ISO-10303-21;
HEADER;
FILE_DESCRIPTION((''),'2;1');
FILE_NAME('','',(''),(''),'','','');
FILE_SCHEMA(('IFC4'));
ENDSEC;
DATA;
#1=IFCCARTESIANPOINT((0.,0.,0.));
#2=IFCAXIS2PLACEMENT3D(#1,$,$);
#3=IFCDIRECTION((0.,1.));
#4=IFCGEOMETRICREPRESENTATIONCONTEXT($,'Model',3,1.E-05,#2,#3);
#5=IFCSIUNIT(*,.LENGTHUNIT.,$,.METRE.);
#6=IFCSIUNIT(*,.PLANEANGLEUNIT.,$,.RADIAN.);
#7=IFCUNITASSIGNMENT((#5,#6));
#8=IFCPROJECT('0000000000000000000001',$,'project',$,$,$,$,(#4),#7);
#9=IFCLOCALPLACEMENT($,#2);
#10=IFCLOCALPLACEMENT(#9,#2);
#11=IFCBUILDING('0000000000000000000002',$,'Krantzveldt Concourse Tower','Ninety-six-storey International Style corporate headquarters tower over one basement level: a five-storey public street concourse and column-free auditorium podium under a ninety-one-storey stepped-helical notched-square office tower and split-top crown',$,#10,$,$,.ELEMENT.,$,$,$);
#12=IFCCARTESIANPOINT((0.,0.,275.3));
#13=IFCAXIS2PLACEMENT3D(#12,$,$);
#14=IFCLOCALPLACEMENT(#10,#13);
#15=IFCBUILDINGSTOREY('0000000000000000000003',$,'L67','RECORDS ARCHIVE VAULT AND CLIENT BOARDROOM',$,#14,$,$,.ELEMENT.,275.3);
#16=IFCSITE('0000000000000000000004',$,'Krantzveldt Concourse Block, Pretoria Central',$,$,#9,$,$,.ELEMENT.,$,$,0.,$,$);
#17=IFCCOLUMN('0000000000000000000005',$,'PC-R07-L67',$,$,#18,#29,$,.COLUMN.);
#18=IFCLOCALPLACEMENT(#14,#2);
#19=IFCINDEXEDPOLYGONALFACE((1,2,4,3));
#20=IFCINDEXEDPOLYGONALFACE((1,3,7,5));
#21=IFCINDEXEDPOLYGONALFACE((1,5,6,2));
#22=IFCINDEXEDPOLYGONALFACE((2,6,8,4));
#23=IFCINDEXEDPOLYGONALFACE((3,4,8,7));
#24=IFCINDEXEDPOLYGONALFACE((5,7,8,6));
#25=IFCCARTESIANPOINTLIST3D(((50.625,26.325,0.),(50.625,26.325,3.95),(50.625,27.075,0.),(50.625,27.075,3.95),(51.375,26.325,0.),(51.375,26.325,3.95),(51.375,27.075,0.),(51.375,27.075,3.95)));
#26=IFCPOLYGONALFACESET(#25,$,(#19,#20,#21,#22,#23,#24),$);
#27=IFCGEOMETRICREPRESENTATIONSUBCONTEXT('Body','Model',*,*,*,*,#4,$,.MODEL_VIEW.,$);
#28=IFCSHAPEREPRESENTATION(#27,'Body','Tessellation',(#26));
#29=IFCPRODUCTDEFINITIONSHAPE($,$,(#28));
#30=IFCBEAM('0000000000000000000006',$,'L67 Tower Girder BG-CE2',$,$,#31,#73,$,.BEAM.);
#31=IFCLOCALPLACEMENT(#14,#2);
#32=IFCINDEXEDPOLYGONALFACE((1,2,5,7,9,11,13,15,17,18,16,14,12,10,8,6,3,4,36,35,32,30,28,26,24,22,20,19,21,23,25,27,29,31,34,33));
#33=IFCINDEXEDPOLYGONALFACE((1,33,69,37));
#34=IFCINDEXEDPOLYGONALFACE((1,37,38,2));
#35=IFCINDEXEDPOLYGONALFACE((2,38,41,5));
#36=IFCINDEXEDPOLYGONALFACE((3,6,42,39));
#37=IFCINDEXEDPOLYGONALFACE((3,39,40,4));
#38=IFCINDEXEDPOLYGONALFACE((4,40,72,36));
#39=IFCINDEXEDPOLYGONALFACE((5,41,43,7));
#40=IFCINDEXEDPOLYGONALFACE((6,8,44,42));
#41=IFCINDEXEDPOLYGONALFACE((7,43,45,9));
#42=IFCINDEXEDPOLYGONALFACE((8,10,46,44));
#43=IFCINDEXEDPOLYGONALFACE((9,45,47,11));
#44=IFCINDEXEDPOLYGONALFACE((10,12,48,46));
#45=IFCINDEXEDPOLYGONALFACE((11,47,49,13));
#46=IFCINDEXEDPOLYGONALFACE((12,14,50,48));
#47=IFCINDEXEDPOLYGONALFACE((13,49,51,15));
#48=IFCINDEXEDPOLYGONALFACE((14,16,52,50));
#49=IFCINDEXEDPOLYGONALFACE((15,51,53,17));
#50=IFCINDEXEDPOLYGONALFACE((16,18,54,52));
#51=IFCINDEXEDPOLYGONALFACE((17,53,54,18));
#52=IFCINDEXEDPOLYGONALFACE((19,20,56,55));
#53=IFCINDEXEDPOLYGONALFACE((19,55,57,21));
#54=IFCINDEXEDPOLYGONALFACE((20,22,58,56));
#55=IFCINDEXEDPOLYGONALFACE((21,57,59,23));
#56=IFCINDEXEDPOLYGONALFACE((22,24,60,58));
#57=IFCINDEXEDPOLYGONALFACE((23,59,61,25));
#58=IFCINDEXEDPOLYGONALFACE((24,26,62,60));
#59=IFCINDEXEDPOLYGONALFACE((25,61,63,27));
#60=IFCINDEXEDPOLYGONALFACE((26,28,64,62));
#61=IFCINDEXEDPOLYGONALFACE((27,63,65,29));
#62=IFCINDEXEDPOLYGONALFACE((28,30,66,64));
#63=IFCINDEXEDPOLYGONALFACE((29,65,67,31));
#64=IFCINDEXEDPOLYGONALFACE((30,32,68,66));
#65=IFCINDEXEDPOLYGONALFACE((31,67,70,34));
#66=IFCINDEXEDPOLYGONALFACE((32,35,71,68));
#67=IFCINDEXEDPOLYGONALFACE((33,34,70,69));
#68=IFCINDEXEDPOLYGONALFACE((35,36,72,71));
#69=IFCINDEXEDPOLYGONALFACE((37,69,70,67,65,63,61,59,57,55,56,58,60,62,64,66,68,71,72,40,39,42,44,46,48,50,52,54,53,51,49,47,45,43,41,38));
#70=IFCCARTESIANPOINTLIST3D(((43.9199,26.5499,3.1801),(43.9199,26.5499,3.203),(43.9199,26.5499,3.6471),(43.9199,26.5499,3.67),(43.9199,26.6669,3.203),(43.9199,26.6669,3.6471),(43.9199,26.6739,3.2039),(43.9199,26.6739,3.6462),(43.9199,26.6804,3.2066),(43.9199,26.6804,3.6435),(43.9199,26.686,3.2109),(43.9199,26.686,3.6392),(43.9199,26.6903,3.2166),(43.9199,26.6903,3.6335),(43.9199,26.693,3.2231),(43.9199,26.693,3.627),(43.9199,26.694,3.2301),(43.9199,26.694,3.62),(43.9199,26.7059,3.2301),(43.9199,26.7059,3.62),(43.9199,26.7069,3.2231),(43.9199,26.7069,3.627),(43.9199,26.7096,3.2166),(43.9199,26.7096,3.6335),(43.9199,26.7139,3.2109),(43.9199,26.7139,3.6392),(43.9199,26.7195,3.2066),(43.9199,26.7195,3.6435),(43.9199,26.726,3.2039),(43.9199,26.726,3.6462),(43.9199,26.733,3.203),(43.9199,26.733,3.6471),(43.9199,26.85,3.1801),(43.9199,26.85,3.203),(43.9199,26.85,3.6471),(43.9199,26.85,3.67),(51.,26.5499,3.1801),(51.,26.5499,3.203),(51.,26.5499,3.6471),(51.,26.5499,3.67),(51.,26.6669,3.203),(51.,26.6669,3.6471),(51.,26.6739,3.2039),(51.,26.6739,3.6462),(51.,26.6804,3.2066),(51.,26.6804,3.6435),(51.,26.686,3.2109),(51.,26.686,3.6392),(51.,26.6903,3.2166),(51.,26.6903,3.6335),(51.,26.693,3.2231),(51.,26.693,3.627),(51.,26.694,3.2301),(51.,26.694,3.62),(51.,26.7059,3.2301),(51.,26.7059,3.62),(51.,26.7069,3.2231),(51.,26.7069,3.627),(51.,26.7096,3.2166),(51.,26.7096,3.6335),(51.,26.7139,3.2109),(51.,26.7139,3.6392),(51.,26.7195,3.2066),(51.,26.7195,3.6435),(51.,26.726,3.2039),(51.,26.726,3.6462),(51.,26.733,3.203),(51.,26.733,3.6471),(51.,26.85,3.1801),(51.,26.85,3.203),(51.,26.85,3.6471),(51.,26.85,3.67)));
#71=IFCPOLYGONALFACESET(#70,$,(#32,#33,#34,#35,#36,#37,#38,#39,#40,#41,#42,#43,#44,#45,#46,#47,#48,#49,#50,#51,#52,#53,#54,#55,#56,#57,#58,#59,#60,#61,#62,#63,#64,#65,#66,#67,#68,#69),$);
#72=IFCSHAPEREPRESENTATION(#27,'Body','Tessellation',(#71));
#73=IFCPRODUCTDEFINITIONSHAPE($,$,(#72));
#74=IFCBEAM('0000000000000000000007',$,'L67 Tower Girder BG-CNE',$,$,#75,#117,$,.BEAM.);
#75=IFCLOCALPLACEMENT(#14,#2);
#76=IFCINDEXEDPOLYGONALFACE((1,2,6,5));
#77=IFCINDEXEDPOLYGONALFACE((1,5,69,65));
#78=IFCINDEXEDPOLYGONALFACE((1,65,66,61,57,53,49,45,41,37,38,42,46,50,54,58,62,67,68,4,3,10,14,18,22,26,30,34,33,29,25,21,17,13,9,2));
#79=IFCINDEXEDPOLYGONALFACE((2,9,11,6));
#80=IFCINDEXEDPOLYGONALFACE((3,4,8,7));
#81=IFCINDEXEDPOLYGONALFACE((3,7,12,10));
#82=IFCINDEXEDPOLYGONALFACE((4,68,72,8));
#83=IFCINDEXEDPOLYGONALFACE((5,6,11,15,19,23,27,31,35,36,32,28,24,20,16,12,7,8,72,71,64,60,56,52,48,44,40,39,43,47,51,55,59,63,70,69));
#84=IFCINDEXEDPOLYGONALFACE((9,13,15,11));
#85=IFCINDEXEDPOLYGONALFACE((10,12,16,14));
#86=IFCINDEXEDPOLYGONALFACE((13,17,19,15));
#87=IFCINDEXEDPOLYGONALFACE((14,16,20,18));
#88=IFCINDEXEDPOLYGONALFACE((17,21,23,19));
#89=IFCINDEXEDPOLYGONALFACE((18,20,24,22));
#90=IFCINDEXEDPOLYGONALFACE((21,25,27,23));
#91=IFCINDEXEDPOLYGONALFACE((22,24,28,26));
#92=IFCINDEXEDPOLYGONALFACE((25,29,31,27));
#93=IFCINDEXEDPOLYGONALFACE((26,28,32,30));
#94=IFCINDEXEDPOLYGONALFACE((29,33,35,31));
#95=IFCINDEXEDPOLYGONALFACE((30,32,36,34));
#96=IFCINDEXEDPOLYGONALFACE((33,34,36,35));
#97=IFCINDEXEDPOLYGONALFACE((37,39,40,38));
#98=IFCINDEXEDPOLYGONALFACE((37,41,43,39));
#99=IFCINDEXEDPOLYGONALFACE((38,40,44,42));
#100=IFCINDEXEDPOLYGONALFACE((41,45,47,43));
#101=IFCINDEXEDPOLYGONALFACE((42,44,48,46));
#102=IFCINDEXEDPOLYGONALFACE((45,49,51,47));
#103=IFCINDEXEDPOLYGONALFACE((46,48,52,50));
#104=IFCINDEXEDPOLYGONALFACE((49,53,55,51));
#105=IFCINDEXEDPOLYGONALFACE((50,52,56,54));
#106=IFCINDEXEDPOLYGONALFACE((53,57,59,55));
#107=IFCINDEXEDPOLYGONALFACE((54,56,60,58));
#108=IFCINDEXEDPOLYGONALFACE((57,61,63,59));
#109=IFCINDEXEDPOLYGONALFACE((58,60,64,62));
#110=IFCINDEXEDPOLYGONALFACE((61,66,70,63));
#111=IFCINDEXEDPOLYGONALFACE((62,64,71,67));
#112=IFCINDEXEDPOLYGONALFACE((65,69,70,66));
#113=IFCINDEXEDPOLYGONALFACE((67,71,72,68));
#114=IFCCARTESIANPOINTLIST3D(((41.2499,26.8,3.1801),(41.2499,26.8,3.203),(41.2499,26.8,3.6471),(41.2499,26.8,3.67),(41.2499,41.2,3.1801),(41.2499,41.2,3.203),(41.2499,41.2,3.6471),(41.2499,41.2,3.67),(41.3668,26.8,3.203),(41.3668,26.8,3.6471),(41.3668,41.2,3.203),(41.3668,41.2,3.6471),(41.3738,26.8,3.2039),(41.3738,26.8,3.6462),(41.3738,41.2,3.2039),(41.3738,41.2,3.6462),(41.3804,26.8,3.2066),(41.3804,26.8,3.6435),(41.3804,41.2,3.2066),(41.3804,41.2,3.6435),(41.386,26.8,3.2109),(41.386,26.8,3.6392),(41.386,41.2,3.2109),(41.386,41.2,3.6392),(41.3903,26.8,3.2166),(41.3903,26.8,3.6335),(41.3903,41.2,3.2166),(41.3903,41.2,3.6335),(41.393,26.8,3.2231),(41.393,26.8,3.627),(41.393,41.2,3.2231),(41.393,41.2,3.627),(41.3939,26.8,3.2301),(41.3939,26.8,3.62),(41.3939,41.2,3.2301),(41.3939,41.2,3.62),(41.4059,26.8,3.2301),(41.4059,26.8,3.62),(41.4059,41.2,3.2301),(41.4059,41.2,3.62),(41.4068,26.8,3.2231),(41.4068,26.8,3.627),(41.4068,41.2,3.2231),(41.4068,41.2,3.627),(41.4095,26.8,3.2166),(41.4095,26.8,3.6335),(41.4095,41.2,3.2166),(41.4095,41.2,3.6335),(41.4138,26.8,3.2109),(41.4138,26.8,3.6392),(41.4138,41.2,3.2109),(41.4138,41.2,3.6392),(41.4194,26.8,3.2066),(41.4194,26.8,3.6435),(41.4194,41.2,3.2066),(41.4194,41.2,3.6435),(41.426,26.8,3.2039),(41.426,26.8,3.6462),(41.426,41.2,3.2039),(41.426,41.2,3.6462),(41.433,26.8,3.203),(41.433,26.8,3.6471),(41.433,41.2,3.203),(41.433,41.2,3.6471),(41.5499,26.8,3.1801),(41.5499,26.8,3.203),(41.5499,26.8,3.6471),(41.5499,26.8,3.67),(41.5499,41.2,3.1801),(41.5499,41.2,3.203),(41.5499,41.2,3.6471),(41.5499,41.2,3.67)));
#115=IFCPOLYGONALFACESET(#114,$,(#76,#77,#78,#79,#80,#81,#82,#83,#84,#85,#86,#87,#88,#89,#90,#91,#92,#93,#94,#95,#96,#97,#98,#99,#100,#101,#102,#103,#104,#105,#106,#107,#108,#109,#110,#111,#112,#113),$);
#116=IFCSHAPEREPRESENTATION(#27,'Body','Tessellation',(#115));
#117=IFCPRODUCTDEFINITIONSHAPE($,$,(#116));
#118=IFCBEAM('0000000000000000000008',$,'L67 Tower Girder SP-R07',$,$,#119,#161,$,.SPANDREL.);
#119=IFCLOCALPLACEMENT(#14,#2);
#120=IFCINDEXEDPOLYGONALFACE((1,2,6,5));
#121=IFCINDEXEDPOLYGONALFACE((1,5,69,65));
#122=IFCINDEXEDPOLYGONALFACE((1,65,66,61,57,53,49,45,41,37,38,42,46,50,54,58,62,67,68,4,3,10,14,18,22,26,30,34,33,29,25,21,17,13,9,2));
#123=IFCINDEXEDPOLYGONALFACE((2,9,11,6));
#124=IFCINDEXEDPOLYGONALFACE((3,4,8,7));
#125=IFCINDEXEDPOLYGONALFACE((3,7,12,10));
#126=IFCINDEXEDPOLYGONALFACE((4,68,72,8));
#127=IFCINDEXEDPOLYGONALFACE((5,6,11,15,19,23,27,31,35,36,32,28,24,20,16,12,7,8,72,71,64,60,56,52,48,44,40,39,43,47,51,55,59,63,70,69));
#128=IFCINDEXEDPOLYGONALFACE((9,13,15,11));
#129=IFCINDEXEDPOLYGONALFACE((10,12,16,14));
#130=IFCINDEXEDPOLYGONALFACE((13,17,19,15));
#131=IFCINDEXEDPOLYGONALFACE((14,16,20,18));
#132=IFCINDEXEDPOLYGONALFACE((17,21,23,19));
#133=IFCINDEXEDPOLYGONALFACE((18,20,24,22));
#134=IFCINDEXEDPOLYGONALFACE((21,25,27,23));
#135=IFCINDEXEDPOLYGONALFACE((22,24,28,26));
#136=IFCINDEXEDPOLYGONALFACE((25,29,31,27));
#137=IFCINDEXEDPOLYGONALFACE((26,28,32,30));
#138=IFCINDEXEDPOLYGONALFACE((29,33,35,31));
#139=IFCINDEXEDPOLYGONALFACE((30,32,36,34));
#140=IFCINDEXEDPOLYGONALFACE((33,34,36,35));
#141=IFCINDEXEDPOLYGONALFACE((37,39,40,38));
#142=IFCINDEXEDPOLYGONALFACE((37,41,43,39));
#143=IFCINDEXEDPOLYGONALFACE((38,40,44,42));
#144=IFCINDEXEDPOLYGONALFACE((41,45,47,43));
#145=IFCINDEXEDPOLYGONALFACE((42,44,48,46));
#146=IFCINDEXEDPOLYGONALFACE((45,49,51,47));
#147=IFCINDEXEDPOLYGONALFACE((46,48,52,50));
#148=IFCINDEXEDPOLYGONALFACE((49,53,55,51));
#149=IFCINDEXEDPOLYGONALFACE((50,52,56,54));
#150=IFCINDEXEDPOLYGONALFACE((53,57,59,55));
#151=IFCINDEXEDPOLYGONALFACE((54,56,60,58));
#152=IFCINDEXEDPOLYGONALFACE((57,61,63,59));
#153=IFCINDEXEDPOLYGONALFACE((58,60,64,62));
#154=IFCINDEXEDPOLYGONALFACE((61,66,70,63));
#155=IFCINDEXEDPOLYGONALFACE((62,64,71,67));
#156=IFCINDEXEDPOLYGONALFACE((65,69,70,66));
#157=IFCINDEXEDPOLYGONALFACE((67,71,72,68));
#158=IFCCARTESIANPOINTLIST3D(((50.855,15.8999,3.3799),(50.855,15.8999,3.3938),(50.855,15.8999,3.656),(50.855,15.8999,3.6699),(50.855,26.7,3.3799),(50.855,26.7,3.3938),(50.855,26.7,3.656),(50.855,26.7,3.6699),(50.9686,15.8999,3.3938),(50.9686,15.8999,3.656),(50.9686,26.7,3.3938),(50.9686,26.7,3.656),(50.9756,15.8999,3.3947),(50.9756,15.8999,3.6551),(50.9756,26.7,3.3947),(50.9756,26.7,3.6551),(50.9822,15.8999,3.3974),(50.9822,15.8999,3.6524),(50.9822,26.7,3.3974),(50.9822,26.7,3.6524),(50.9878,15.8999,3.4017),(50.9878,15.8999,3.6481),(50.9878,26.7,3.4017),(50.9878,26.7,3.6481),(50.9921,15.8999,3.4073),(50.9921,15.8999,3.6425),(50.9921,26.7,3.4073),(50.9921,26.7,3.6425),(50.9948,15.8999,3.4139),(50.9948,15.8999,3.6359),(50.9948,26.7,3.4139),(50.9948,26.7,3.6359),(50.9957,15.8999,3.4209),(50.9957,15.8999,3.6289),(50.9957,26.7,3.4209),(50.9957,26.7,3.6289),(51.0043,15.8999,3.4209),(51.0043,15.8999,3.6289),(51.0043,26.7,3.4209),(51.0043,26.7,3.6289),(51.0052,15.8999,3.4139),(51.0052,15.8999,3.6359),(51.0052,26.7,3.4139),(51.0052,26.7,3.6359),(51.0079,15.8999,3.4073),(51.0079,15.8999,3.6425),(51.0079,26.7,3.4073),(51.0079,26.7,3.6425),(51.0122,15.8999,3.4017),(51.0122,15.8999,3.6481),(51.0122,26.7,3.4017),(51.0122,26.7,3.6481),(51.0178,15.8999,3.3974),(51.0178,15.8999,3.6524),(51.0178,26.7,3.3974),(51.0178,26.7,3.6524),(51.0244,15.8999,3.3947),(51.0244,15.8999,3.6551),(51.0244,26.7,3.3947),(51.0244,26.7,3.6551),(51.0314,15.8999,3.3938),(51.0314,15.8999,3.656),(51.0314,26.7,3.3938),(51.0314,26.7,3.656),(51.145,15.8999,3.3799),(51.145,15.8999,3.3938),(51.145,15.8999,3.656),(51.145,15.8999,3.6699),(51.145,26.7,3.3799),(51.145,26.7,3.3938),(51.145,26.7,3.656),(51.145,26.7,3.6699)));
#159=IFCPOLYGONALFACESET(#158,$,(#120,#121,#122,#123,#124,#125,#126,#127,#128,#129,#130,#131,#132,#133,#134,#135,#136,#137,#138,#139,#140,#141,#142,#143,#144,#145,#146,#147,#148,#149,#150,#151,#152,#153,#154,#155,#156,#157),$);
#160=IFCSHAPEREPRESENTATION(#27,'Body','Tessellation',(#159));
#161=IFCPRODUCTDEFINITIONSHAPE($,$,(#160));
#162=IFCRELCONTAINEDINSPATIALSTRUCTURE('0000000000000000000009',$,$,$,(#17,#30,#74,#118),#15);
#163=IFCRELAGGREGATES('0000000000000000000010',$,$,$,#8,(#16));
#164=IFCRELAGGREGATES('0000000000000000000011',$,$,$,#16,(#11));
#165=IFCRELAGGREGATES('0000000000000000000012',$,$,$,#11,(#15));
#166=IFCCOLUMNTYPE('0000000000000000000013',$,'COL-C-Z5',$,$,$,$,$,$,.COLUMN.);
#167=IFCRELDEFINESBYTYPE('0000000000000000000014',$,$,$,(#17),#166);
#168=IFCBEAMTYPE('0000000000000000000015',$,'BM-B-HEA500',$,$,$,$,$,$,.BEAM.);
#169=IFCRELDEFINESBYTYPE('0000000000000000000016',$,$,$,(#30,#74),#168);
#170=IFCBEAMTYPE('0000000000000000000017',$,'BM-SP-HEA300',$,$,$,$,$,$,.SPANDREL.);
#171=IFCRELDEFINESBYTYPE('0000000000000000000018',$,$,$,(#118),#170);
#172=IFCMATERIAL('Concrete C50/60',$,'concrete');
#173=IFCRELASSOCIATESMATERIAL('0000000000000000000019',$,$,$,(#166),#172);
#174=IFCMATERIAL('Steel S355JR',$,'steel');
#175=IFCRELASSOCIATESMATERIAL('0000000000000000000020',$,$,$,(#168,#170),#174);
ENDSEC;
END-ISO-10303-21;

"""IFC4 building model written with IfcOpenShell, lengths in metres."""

from ifc_helpers import new_model, si_unit, direction, frame, origin, origin_2d, place, context, subcontext, project, spatial, rectangle, i_section, extrude, source, transform, mapped, material, material_profile, profile_set, type_object, type_shapes, element, save


model = new_model("IFC4")

# Units and contexts
model_context = context("Model", 3, precision=1e-05, world=origin(), true_north=direction((0.0, 1.0)))
body_context = subcontext(model_context, "Body", "Model", "MODEL_VIEW")
ifc_project = project(units=[si_unit("LENGTHUNIT", "METRE"), si_unit("PLANEANGLEUNIT", "RADIAN")], contexts=[model_context])

# Site, building, storey
site_placement = place(None, origin())
site = spatial("IfcSite", under=ifc_project, at=site_placement, Name="Krantzveldt Concourse Block, Pretoria Central", CompositionType="ELEMENT", RefElevation=0.0)
building_placement = place(site_placement, origin())
building = spatial("IfcBuilding", under=site, at=building_placement, Name="Krantzveldt Concourse Tower", Description="Ninety-six-storey International Style corporate headquarters tower over one basement level: a five-storey public street concourse and column-free auditorium podium under a ninety-one-storey stepped-helical notched-square office tower and split-top crown", CompositionType="ELEMENT")
storey_placement = place(building_placement, frame((0.0, 0.0, 275.3)))
storey = spatial("IfcBuildingStorey", under=building, at=storey_placement, Name="L67", Description="RECORDS ARCHIVE VAULT AND CLIENT BOARDROOM", CompositionType="ELEMENT", Elevation=275.3)

# Column
ifc_material_1 = material(Name="Concrete C50/60", Category="concrete")
ifc_material_profile_1 = material_profile(ifc_material_1, rectangle(XDim=0.75, YDim=0.75, at=origin_2d()), Name="Concrete C50/60", Category="concrete")
ifc_profile_set_1 = profile_set([ifc_material_profile_1], Name="Concrete C50/60 - RC 750x750")
column_type = type_object("IfcColumnType", Name="COL-C-Z5", PredefinedType="COLUMN", material=ifc_profile_set_1)
shared_shape_1 = source(origin(), body_context, "Body", "SweptSolid", [
    extrude(rectangle(XDim=0.75, YDim=0.75, at=origin_2d()), origin(), (0.0, 0.0, 1.0), 3.95),
])
type_shapes(column_type, [shared_shape_1])
column_placement = place(storey_placement, frame((51.0, 26.7, 0.0), z_axis=(0.0, 0.0, 1.0), x_axis=(1.0, 0.0, 0.0)))
element("IfcColumn", 1, at=column_placement, inside=storey, type_object=column_type, Name="PC-R07-L67", PredefinedType="COLUMN", context=body_context, shape_type="MappedRepresentation", body=[
    mapped(shared_shape_1, transform((0.0, 0.0, 0.0), x_axis=(1.0, 0.0, 0.0), y_axis=(0.0, 1.0, 0.0), z_axis=(0.0, 0.0, 1.0), scale=1.0)),
])

# Beams
ifc_material_2 = material(Name="Steel S355JR", Category="steel")
ifc_material_profile_2 = material_profile(ifc_material_2, i_section(OverallWidth=0.3, OverallDepth=0.49, WebThickness=0.012, FlangeThickness=0.0229, FilletRadius=0.0271, at=origin_2d()), Name="Steel S355JR", Category="steel")
ifc_profile_set_2 = profile_set([ifc_material_profile_2], Name="Steel S355JR - HEA 500")
beam_type_1 = type_object("IfcBeamType", Name="BM-B-HEA500", PredefinedType="BEAM", material=ifc_profile_set_2)
shared_shape_2 = source(origin(), body_context, "Body", "SweptSolid", [
    extrude(i_section(OverallWidth=0.3, OverallDepth=0.49, WebThickness=0.012, FlangeThickness=0.0229, FilletRadius=0.0271, at=origin_2d()), origin(), (0.0, 0.0, 1.0), 7.0801),
])
beam_1_placement = place(storey_placement, frame((43.9199, 26.7, 3.425), z_axis=(1.0, 0.0, 0.0), x_axis=(0.0, 1.0, 0.0)))
element("IfcBeam", 2, at=beam_1_placement, inside=storey, type_object=beam_type_1, Name="L67 Tower Girder BG-CE2", PredefinedType="BEAM", context=body_context, shape_type="MappedRepresentation", body=[
    mapped(shared_shape_2, transform((0.0, 0.0, 0.0), x_axis=(1.0, 0.0, 0.0), y_axis=(0.0, 1.0, 0.0), z_axis=(0.0, 0.0, 1.0), scale=1.0)),
])
shared_shape_3 = source(origin(), body_context, "Body", "SweptSolid", [
    extrude(i_section(OverallWidth=0.3, OverallDepth=0.49, WebThickness=0.012, FlangeThickness=0.0229, FilletRadius=0.0271, at=origin_2d()), origin(), (0.0, 0.0, 1.0), 14.3999),
])
type_shapes(beam_type_1, [shared_shape_2, shared_shape_3])
beam_2_placement = place(storey_placement, frame((41.3999, 26.8, 3.425), z_axis=(0.0, 1.0, 0.0), x_axis=(-1.0, 0.0, 0.0)))
element("IfcBeam", 3, at=beam_2_placement, inside=storey, type_object=beam_type_1, Name="L67 Tower Girder BG-CNE", PredefinedType="BEAM", context=body_context, shape_type="MappedRepresentation", body=[
    mapped(shared_shape_3, transform((0.0, 0.0, 0.0), x_axis=(1.0, 0.0, 0.0), y_axis=(0.0, 1.0, 0.0), z_axis=(0.0, 0.0, 1.0), scale=1.0)),
])
ifc_material_profile_3 = material_profile(ifc_material_2, i_section(OverallWidth=0.29, OverallDepth=0.29, WebThickness=0.0085, FlangeThickness=0.0139, FilletRadius=0.0271, at=origin_2d()), Name="Steel S355JR", Category="steel")
ifc_profile_set_3 = profile_set([ifc_material_profile_3], Name="Steel S355JR - HEA 300")
beam_type_2 = type_object("IfcBeamType", Name="BM-SP-HEA300", PredefinedType="SPANDREL", material=ifc_profile_set_3)
shared_shape_4 = source(origin(), body_context, "Body", "SweptSolid", [
    extrude(i_section(OverallWidth=0.29, OverallDepth=0.29, WebThickness=0.0085, FlangeThickness=0.0139, FilletRadius=0.0271, at=origin_2d()), origin(), (0.0, 0.0, 1.0), 10.8),
])
type_shapes(beam_type_2, [shared_shape_4])
beam_3_placement = place(storey_placement, frame((51.0, 26.7, 3.5249), z_axis=(0.0, -1.0, 0.0), x_axis=(1.0, 0.0, 0.0)))
element("IfcBeam", 4, at=beam_3_placement, inside=storey, type_object=beam_type_2, Name="L67 Tower Girder SP-R07", PredefinedType="SPANDREL", context=body_context, shape_type="MappedRepresentation", body=[
    mapped(shared_shape_4, transform((0.0, 0.0, 0.0), x_axis=(1.0, 0.0, 0.0), y_axis=(0.0, 1.0, 0.0), z_axis=(0.0, 0.0, 1.0), scale=1.0)),
])

save(model, "model.ifc")
